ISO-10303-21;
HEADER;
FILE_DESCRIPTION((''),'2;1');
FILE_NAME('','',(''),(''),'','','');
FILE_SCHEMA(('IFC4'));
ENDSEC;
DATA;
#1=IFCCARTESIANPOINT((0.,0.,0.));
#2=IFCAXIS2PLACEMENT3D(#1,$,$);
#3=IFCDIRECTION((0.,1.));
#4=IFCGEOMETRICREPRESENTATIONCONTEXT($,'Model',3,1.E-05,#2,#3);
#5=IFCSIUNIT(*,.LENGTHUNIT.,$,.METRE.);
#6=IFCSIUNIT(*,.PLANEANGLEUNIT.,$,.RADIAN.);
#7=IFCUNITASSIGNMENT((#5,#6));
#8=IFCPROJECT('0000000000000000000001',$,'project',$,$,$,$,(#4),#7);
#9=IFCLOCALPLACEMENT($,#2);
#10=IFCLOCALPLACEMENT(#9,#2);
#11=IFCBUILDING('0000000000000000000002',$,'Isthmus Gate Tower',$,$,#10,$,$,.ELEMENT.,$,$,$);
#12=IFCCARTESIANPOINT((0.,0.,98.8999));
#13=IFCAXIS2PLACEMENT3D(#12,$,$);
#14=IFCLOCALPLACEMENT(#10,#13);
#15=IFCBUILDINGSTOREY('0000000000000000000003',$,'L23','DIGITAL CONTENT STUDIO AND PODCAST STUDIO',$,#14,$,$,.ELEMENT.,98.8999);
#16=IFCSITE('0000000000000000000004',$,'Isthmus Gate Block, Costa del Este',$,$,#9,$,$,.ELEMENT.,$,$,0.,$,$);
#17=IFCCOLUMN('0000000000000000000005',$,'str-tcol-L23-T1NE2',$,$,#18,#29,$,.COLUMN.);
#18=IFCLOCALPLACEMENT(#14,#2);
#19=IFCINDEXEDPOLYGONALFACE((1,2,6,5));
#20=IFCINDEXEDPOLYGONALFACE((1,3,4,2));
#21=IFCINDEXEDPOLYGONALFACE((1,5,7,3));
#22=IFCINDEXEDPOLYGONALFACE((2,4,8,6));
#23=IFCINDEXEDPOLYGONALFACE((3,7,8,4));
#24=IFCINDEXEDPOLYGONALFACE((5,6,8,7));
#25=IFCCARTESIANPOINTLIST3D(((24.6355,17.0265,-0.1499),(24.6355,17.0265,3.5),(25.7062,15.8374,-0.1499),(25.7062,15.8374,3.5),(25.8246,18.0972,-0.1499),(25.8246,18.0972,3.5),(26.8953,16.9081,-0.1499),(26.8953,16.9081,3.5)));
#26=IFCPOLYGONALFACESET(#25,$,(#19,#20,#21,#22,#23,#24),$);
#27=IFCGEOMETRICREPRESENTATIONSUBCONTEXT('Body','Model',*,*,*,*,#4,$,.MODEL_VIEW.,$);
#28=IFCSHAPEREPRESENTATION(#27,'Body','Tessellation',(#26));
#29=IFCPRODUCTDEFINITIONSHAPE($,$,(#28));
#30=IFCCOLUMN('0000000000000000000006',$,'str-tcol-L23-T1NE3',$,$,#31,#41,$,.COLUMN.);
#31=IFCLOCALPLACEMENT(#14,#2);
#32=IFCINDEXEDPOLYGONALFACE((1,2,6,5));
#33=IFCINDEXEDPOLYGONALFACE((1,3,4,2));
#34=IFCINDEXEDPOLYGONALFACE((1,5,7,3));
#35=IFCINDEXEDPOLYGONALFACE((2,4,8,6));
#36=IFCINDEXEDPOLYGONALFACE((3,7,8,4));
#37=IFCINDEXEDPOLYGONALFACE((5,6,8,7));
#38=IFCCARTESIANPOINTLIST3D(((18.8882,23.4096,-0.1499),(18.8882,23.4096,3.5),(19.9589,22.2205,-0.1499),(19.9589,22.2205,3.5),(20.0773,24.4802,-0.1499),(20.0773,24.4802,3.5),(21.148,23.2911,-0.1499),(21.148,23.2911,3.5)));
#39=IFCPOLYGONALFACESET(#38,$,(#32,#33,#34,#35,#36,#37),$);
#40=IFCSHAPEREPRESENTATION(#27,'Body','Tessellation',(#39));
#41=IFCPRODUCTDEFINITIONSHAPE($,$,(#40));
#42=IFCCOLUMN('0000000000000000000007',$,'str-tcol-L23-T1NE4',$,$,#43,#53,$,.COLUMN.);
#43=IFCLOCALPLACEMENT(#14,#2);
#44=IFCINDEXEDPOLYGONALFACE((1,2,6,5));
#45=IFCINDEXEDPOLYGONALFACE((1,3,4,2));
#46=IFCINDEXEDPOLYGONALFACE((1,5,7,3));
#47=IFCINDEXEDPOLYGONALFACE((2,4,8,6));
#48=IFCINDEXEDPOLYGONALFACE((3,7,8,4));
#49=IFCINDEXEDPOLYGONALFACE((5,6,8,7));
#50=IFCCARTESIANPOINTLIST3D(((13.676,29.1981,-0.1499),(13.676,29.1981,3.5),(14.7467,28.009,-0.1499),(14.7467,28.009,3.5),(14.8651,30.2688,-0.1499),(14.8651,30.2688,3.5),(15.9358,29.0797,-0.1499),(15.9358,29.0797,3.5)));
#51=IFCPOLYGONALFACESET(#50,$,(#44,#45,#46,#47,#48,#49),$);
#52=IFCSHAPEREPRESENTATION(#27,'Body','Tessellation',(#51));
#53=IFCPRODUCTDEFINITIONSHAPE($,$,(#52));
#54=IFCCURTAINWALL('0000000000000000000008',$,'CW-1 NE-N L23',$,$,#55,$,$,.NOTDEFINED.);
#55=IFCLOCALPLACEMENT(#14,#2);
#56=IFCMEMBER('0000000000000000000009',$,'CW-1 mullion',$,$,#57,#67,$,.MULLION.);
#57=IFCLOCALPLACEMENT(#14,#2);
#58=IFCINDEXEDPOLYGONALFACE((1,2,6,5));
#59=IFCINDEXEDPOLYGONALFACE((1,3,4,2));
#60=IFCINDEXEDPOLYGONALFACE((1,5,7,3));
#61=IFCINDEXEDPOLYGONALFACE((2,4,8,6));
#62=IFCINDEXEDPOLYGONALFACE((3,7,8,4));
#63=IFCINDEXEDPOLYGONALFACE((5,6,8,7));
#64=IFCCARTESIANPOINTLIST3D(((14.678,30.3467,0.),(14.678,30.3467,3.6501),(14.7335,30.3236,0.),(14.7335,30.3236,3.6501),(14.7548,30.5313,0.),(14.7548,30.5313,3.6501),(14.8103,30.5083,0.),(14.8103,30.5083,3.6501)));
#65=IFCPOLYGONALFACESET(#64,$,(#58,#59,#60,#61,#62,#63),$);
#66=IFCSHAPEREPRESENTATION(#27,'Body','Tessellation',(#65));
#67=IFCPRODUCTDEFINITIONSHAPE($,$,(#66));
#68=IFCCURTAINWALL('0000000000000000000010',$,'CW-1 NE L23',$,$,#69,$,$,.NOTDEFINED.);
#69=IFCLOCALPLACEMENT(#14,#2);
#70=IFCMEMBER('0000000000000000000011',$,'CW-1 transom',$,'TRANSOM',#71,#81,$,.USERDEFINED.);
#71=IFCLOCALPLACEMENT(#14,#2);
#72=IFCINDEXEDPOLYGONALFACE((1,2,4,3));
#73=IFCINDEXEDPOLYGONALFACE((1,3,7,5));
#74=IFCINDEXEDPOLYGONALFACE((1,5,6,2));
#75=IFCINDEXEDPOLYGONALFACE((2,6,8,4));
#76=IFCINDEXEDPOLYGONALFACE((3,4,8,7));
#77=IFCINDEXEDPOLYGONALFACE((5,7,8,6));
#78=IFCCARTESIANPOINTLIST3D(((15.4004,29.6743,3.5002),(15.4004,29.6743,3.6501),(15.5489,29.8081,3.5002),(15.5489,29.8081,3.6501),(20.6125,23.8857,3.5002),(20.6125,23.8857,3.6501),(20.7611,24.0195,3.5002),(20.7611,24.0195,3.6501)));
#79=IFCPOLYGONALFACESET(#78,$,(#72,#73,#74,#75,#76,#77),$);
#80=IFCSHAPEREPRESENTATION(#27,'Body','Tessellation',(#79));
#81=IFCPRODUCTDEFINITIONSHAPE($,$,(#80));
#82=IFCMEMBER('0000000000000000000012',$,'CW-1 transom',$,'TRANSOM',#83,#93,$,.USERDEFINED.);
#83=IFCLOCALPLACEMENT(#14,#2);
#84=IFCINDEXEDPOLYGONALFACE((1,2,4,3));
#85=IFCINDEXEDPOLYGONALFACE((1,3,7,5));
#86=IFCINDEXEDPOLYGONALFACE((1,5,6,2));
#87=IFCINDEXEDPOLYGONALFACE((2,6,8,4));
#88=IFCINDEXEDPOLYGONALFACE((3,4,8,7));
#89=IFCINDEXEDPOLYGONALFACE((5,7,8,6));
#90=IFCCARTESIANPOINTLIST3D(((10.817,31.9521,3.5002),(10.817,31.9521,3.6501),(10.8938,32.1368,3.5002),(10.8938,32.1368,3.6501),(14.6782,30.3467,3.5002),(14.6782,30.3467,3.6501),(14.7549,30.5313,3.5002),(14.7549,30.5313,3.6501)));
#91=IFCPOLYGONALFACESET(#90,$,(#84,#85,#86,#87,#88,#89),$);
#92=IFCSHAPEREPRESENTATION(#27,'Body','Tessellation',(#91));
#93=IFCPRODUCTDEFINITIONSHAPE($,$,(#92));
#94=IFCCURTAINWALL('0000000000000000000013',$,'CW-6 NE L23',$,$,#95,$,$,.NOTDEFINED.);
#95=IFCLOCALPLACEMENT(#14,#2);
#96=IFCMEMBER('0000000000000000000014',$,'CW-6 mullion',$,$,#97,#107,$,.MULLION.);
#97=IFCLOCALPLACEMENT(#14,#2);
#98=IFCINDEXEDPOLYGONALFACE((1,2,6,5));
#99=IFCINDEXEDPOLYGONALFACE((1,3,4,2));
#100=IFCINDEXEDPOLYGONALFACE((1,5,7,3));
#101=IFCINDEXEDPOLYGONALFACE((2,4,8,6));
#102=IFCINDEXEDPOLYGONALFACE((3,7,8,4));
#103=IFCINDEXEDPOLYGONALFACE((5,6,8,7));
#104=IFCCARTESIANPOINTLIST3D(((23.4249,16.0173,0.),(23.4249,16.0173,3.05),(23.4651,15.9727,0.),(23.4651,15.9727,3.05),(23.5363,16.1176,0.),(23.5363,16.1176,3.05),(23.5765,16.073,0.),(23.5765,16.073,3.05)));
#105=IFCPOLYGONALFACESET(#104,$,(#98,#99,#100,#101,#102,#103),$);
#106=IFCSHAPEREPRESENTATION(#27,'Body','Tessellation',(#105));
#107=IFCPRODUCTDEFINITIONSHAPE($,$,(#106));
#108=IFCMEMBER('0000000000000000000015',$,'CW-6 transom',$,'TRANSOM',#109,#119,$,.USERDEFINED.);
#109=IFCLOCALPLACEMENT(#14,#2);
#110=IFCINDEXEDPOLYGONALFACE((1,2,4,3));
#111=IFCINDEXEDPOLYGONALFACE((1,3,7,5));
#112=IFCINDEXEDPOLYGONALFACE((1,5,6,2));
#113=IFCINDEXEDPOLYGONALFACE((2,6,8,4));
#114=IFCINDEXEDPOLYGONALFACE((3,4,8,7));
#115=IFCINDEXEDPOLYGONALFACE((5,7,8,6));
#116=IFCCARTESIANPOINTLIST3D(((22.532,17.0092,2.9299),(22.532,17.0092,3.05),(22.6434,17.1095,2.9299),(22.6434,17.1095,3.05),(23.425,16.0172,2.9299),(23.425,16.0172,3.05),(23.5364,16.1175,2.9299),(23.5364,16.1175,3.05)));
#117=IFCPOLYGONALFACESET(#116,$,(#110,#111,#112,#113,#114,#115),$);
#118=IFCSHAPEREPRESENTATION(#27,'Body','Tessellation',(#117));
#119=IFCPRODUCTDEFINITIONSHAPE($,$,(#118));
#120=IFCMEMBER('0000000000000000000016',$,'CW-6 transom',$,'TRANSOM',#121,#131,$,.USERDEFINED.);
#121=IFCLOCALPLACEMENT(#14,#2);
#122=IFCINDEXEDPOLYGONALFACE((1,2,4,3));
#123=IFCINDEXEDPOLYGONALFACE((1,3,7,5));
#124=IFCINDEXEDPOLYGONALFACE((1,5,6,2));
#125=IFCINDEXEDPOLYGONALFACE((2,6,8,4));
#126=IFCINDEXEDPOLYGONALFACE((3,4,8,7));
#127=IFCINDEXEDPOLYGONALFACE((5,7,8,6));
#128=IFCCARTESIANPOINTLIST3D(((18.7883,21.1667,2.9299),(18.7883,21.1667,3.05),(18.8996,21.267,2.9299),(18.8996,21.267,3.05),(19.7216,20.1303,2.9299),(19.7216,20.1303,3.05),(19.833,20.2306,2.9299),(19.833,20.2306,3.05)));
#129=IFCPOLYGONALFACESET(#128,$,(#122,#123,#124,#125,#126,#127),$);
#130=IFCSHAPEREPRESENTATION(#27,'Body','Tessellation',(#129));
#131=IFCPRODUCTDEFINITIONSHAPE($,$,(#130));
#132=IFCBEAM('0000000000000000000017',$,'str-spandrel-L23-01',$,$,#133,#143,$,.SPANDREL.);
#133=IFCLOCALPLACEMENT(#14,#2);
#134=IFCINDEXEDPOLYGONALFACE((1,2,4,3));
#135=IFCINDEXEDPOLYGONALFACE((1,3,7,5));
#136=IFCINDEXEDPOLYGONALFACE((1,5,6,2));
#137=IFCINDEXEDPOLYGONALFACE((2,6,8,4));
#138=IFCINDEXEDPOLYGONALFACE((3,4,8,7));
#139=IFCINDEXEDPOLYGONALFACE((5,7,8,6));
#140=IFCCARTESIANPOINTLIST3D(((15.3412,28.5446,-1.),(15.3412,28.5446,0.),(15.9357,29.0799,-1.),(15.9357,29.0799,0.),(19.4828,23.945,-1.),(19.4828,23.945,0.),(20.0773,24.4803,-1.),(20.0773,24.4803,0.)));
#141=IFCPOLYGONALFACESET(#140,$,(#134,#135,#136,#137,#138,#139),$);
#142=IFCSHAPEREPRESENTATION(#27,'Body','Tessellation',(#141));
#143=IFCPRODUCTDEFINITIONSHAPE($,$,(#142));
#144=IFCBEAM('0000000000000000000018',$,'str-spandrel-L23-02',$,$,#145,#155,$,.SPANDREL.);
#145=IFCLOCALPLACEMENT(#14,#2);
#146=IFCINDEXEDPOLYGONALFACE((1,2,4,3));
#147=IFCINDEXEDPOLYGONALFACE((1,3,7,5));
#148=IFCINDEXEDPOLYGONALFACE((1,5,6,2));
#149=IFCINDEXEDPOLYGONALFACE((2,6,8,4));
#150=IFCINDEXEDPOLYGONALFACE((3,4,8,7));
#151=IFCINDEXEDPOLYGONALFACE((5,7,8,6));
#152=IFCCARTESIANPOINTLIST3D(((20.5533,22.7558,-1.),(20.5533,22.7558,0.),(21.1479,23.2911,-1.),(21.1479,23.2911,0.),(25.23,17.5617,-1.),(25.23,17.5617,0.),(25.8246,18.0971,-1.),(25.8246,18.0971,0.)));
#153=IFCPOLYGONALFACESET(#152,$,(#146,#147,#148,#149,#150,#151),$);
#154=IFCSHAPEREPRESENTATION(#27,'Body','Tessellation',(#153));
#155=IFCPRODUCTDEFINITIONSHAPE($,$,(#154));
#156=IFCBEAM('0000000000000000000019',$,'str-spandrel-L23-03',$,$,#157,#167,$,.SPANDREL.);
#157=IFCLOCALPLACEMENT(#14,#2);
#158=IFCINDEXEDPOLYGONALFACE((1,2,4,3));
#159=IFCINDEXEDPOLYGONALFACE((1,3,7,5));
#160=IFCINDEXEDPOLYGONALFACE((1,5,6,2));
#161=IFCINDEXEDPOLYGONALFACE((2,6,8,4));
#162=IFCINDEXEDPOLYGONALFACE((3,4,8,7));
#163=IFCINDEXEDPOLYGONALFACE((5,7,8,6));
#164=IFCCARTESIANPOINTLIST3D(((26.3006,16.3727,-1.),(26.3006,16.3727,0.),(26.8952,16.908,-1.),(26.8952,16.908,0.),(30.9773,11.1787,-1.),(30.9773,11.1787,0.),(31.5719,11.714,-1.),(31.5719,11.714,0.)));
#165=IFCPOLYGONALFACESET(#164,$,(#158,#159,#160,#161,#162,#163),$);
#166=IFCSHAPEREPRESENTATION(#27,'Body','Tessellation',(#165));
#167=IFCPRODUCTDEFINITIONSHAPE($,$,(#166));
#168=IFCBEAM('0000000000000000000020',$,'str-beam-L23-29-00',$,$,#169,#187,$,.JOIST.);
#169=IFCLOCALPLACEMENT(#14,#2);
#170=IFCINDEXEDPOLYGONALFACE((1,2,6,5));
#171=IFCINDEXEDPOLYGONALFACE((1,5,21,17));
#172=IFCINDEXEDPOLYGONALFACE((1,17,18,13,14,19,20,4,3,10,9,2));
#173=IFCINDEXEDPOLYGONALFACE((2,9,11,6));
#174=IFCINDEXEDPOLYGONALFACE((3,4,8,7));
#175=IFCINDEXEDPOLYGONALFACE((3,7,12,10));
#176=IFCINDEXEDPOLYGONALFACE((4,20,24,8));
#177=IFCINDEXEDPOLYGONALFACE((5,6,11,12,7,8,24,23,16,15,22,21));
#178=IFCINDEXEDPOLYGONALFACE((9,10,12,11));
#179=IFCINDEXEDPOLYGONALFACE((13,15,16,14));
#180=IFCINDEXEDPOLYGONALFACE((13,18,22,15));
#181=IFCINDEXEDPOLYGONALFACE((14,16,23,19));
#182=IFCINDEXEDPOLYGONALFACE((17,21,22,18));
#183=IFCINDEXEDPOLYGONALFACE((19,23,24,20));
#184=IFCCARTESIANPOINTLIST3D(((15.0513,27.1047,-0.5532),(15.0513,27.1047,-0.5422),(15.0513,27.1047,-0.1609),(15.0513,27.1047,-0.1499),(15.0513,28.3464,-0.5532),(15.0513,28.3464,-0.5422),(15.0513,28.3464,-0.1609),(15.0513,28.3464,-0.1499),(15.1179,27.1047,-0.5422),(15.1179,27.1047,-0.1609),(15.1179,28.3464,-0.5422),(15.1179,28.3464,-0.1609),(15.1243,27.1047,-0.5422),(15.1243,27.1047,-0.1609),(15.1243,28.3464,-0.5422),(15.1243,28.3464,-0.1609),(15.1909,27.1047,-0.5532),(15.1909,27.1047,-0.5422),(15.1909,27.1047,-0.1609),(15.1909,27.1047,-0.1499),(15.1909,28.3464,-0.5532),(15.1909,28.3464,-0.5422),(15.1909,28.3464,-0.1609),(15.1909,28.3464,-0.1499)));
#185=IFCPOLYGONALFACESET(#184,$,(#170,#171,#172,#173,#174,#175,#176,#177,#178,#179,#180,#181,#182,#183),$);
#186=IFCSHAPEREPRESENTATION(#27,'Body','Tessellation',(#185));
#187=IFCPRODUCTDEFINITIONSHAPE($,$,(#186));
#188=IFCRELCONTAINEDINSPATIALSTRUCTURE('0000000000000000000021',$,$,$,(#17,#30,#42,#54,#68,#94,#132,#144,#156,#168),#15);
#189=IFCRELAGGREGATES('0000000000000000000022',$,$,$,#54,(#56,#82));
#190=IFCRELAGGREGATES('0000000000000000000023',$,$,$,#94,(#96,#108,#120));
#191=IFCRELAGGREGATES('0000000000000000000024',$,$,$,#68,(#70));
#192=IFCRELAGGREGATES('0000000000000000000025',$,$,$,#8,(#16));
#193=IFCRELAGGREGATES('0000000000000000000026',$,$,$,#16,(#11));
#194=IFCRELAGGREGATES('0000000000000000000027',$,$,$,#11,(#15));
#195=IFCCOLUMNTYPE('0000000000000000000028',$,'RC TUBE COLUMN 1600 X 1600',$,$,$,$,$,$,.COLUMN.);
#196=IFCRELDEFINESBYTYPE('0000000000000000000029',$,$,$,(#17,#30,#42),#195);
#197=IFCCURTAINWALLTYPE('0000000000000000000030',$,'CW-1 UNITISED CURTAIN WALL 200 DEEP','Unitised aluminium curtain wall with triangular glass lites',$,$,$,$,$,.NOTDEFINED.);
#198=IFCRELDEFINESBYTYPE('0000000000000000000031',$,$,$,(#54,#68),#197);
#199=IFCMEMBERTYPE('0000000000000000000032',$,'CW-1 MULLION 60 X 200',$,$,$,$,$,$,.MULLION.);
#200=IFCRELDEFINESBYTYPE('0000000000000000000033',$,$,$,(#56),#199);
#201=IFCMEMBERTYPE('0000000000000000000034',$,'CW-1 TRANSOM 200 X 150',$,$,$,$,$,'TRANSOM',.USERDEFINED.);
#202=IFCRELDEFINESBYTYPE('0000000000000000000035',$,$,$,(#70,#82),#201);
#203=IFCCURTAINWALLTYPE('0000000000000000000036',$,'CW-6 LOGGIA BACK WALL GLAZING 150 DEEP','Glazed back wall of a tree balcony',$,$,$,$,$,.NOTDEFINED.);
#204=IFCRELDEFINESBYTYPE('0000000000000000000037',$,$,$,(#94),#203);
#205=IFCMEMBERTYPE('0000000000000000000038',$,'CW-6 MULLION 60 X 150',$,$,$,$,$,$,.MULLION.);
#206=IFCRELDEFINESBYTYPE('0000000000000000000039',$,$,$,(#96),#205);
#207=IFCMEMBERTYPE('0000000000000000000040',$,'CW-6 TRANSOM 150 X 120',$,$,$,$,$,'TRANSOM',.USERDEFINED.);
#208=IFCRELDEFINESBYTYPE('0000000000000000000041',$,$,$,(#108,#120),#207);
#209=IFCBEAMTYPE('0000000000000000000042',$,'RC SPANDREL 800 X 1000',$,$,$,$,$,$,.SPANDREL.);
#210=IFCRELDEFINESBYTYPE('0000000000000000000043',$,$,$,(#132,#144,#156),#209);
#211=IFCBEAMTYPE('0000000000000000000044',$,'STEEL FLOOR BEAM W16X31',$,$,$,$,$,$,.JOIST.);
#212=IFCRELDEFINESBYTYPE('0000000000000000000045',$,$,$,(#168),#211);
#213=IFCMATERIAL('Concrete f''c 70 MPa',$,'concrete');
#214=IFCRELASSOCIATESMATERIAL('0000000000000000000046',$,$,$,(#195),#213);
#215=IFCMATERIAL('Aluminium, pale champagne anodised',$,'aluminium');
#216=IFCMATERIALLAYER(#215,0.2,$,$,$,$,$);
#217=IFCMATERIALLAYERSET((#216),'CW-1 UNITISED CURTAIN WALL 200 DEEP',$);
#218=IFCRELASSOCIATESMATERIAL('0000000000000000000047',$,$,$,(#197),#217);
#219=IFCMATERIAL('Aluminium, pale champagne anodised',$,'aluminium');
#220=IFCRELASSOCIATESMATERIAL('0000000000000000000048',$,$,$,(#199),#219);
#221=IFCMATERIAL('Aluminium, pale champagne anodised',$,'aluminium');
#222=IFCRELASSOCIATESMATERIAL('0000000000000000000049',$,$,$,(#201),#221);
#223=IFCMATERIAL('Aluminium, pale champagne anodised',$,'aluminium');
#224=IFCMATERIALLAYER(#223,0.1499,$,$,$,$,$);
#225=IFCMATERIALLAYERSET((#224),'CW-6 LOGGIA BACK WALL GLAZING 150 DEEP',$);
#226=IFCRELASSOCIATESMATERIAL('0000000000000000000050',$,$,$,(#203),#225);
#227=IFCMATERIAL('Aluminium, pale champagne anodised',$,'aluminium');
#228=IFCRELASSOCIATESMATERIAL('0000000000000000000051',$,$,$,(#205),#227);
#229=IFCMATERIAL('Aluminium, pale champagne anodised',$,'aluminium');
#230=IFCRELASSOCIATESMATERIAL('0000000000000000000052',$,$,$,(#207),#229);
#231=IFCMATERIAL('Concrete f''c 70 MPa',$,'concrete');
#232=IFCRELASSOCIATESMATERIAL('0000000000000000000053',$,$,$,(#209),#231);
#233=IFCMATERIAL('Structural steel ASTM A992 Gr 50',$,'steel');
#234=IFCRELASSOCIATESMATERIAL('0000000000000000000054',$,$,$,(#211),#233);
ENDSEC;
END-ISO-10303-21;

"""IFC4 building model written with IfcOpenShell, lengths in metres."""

from ifc_helpers import new_model, si_unit, direction, frame, origin, origin_2d, place, context, subcontext, project, spatial, rectangle, i_section, extrude, material, layer, layer_set, material_profile, profile_set, type_object, element, aggregate, save


model = new_model("IFC4")

# Units and contexts
model_context = context("Model", 3, precision=1e-05, world=origin(), true_north=direction((0.0, 1.0)))
body_context = subcontext(model_context, "Body", "Model", "MODEL_VIEW")
ifc_project = project(units=[si_unit("LENGTHUNIT", "METRE"), si_unit("PLANEANGLEUNIT", "RADIAN")], contexts=[model_context])

# Site, building, storey
site_placement = place(None, origin())
site = spatial("IfcSite", under=ifc_project, at=site_placement, Name="Isthmus Gate Block, Costa del Este", CompositionType="ELEMENT", RefElevation=0.0)
building_placement = place(site_placement, origin())
building = spatial("IfcBuilding", under=site, at=building_placement, Name="Isthmus Gate Tower", CompositionType="ELEMENT")
storey_placement = place(building_placement, frame((0.0, 0.0, 98.8999)))
storey = spatial("IfcBuildingStorey", under=building, at=storey_placement, Name="L23", Description="DIGITAL CONTENT STUDIO AND PODCAST STUDIO", CompositionType="ELEMENT", Elevation=98.8999)

# Columns
ifc_material_1 = material(Name="Concrete f'c 70 MPa", Category="concrete")
ifc_material_profile_1 = material_profile(ifc_material_1, rectangle(XDim=1.6001, YDim=1.6001, at=origin_2d()), Name="RC 1600X1600")
ifc_profile_set_1 = profile_set([ifc_material_profile_1], Name="Concrete f'c 70 MPa")
column_type = type_object("IfcColumnType", Name="RC TUBE COLUMN 1600 X 1600", PredefinedType="COLUMN", material=ifc_profile_set_1)
for number, where, z_axis, x_axis, name in (
    (1, (25.7654, 16.9673, -0.1499), (0.0, 0.0, 1.0), (-0.669131, 0.743145, 0.0), "str-tcol-L23-T1NE2"),
    (2, (20.0181, 23.3503, -0.1499), (0.0, 0.0, 1.0), (-0.669131, 0.743145, 0.0), "str-tcol-L23-T1NE3"),
    (3, (14.8059, 29.1389, -0.1499), (0.0, 0.0, 1.0), (-0.669131, 0.743145, 0.0), "str-tcol-L23-T1NE4"),
):
    element("IfcColumn", number, at=place(storey_placement, frame(where, z_axis=z_axis, x_axis=x_axis)), inside=storey, type_object=column_type, Name=name, PredefinedType="COLUMN", context=body_context, shape_type="SweptSolid", body=[
        extrude(rectangle(XDim=1.6001, YDim=1.6001, at=origin_2d()), origin(), (0.0, 0.0, 1.0), 3.6499),
    ])

# Curtain walls, members
ifc_material_2 = material(Name="Aluminium, pale champagne anodised", Category="aluminium")
ifc_layer_1 = layer(ifc_material_2, 0.2)
ifc_layer_set_1 = layer_set([ifc_layer_1], Name="CW-1 UNITISED CURTAIN WALL 200 DEEP")
curtain_wall_type_1 = type_object("IfcCurtainWallType", Name="CW-1 UNITISED CURTAIN WALL 200 DEEP", Description="Unitised aluminium curtain wall with triangular glass lites", PredefinedType="NOTDEFINED", material=ifc_layer_set_1)
curtain_wall_1_placement = place(storey_placement, origin())
curtain_wall_1 = element("IfcCurtainWall", 4, at=curtain_wall_1_placement, inside=storey, type_object=curtain_wall_type_1, Name="CW-1 NE-N L23", PredefinedType="NOTDEFINED")
ifc_material_3 = material(Name="Aluminium, pale champagne anodised", Category="aluminium")
ifc_material_profile_2 = material_profile(ifc_material_3, rectangle(XDim=0.0601, YDim=0.2, at=origin_2d()), Name="60x200")
ifc_profile_set_2 = profile_set([ifc_material_profile_2], Name="Aluminium, pale champagne anodised")
member_type_1 = type_object("IfcMemberType", Name="CW-1 MULLION 60 X 200", PredefinedType="MULLION", material=ifc_profile_set_2)
member_1_placement = place(storey_placement, frame((14.7441, 30.4275, 0.0), z_axis=(0.0, 0.0, 1.0), x_axis=(-0.923353, 0.383952, 0.0)))
member_1 = element("IfcMember", 5, at=member_1_placement, type_object=member_type_1, Name="CW-1 mullion", PredefinedType="MULLION", context=body_context, shape_type="SweptSolid", body=[
    extrude(rectangle(XDim=0.0601, YDim=0.2, at=origin_2d()), origin(), (0.0, 0.0, 1.0), 3.6501),
])
curtain_wall_2_placement = place(storey_placement, origin())
curtain_wall_2 = element("IfcCurtainWall", 6, at=curtain_wall_2_placement, inside=storey, type_object=curtain_wall_type_1, Name="CW-1 NE L23", PredefinedType="NOTDEFINED")
ifc_material_4 = material(Name="Aluminium, pale champagne anodised", Category="aluminium")
ifc_material_profile_3 = material_profile(ifc_material_4, rectangle(XDim=0.2, YDim=0.1499, at=origin_2d()), Name="200x150")
ifc_profile_set_3 = profile_set([ifc_material_profile_3], Name="Aluminium, pale champagne anodised")
member_type_2 = type_object("IfcMemberType", Name="CW-1 TRANSOM 200 X 150", ElementType="TRANSOM", PredefinedType="USERDEFINED", material=ifc_profile_set_3)
member_2_placement = place(storey_placement, frame((20.6868, 23.9526, 3.5752), z_axis=(-0.669138, 0.743138, 0.0), x_axis=(-0.743138, -0.669138, 0.0)))
member_2 = element("IfcMember", 7, at=member_2_placement, type_object=member_type_2, Name="CW-1 transom", ObjectType="TRANSOM", PredefinedType="USERDEFINED", context=body_context, shape_type="SweptSolid", body=[
    extrude(rectangle(XDim=0.2, YDim=0.1499, at=origin_2d()), origin(), (0.0, 0.0, 1.0), 7.7893),
])

# Member
member_3_placement = place(storey_placement, frame((14.7166, 30.439, 3.5752), z_axis=(-0.923358, 0.38394, 0.0), x_axis=(-0.38394, -0.923358, 0.0)))
member_3 = element("IfcMember", 8, at=member_3_placement, type_object=member_type_2, Name="CW-1 transom", ObjectType="TRANSOM", PredefinedType="USERDEFINED", context=body_context, shape_type="SweptSolid", body=[
    extrude(rectangle(XDim=0.2, YDim=0.1499, at=origin_2d()), origin(), (0.0, 0.0, 1.0), 4.1816),
])
aggregate(curtain_wall_1, [member_1, member_3])

# Curtain wall, members
ifc_material_5 = material(Name="Aluminium, pale champagne anodised", Category="aluminium")
ifc_layer_2 = layer(ifc_material_5, 0.1499)
ifc_layer_set_2 = layer_set([ifc_layer_2], Name="CW-6 LOGGIA BACK WALL GLAZING 150 DEEP")
curtain_wall_type_2 = type_object("IfcCurtainWallType", Name="CW-6 LOGGIA BACK WALL GLAZING 150 DEEP", Description="Glazed back wall of a tree balcony", PredefinedType="NOTDEFINED", material=ifc_layer_set_2)
curtain_wall_3_placement = place(storey_placement, origin())
curtain_wall_3 = element("IfcCurtainWall", 9, at=curtain_wall_3_placement, inside=storey, type_object=curtain_wall_type_2, Name="CW-6 NE L23", PredefinedType="NOTDEFINED")
ifc_material_6 = material(Name="Aluminium, pale champagne anodised", Category="aluminium")
ifc_material_profile_4 = material_profile(ifc_material_6, rectangle(XDim=0.0601, YDim=0.1499, at=origin_2d()), Name="60x150")
ifc_profile_set_4 = profile_set([ifc_material_profile_4], Name="Aluminium, pale champagne anodised")
member_type_3 = type_object("IfcMemberType", Name="CW-6 MULLION 60 X 150", PredefinedType="MULLION", material=ifc_profile_set_4)
member_4_placement = place(storey_placement, frame((23.5007, 16.0452, 0.0), z_axis=(0.0, 0.0, 1.0), x_axis=(-0.669131, 0.743145, 0.0)))
member_4 = element("IfcMember", 10, at=member_4_placement, type_object=member_type_3, Name="CW-6 mullion", PredefinedType="MULLION", context=body_context, shape_type="SweptSolid", body=[
    extrude(rectangle(XDim=0.0601, YDim=0.1499, at=origin_2d()), origin(), (0.0, 0.0, 1.0), 3.05),
])
ifc_material_7 = material(Name="Aluminium, pale champagne anodised", Category="aluminium")
ifc_material_profile_5 = material_profile(ifc_material_7, rectangle(XDim=0.1499, YDim=0.1201, at=origin_2d()), Name="150x120")
ifc_profile_set_5 = profile_set([ifc_material_profile_5], Name="Aluminium, pale champagne anodised")
member_type_4 = type_object("IfcMemberType", Name="CW-6 TRANSOM 150 X 120", ElementType="TRANSOM", PredefinedType="USERDEFINED", material=ifc_profile_set_5)
member_5_placement = place(storey_placement, frame((23.4807, 16.0674, 2.99), z_axis=(-0.669096, 0.743176, 0.0), x_axis=(-0.743176, -0.669096, 0.0)))
member_5 = element("IfcMember", 11, at=member_5_placement, type_object=member_type_4, Name="CW-6 transom", ObjectType="TRANSOM", PredefinedType="USERDEFINED", context=body_context, shape_type="SweptSolid", body=[
    extrude(rectangle(XDim=0.1499, YDim=0.1201, at=origin_2d()), origin(), (0.0, 0.0, 1.0), 1.3347),
])
member_6_placement = place(storey_placement, frame((19.7773, 20.1804, 2.99), z_axis=(-0.669206, 0.743077, 0.0), x_axis=(-0.743077, -0.669206, 0.0)))
member_6 = element("IfcMember", 12, at=member_6_placement, type_object=member_type_4, Name="CW-6 transom", ObjectType="TRANSOM", PredefinedType="USERDEFINED", context=body_context, shape_type="SweptSolid", body=[
    extrude(rectangle(XDim=0.1499, YDim=0.1201, at=origin_2d()), origin(), (0.0, 0.0, 1.0), 1.3948),
])

# Beams
ifc_material_8 = material(Name="Concrete f'c 70 MPa", Category="concrete")
ifc_material_profile_6 = material_profile(ifc_material_8, rectangle(XDim=0.8, YDim=1.0, at=origin_2d()), Name="RC 800X1000")
ifc_profile_set_6 = profile_set([ifc_material_profile_6], Name="Concrete f'c 70 MPa")
beam_type_1 = type_object("IfcBeamType", Name="RC SPANDREL 800 X 1000", PredefinedType="SPANDREL", material=ifc_profile_set_6)
beam_1_placement = place(storey_placement, frame((15.6384, 28.8123, -0.5), z_axis=(0.669139, -0.743137, 0.0), x_axis=(0.743137, 0.669139, 0.0)))
element("IfcBeam", 13, at=beam_1_placement, inside=storey, type_object=beam_type_1, Name="str-spandrel-L23-01", PredefinedType="SPANDREL", context=body_context, shape_type="SweptSolid", body=[
    extrude(rectangle(XDim=0.8, YDim=1.0, at=origin_2d()), origin(), (0.0, 0.0, 1.0), 6.1895),
])
for number, where, z_axis, x_axis, name in (
    (14, (20.8506, 23.0234, -0.5), (0.669129, -0.743146, 0.0), (0.743146, 0.669129, 0.0), "str-spandrel-L23-02"),
    (15, (26.5979, 16.6404, -0.5), (0.669129, -0.743146, 0.0), (0.743146, 0.669129, 0.0), "str-spandrel-L23-03"),
):
    element("IfcBeam", number, at=place(storey_placement, frame(where, z_axis=z_axis, x_axis=x_axis)), inside=storey, type_object=beam_type_1, Name=name, PredefinedType="SPANDREL", context=body_context, shape_type="SweptSolid", body=[
        extrude(rectangle(XDim=0.8, YDim=1.0, at=origin_2d()), origin(), (0.0, 0.0, 1.0), 6.9893),
    ])
ifc_material_9 = material(Name="Structural steel ASTM A992 Gr 50", Category="steel")
ifc_material_profile_7 = material_profile(ifc_material_9, i_section(OverallWidth=0.1396, OverallDepth=0.4033, WebThickness=0.0063, FlangeThickness=0.011, at=origin_2d()), Name="W16X31")
ifc_profile_set_7 = profile_set([ifc_material_profile_7], Name="Structural steel ASTM A992 Gr 50")
beam_type_2 = type_object("IfcBeamType", Name="STEEL FLOOR BEAM W16X31", PredefinedType="JOIST", material=ifc_profile_set_7)
beam_2_placement = place(storey_placement, frame((15.1211, 27.1047, -0.3516), z_axis=(0.0, 1.0, 0.0), x_axis=(-1.0, 0.0, 0.0)))
element("IfcBeam", 16, at=beam_2_placement, inside=storey, type_object=beam_type_2, Name="str-beam-L23-29-00", PredefinedType="JOIST", context=body_context, shape_type="SweptSolid", body=[
    extrude(i_section(OverallWidth=0.1396, OverallDepth=0.4033, WebThickness=0.0063, FlangeThickness=0.011, at=origin_2d()), origin(), (0.0, 0.0, 1.0), 1.2417),
])

aggregate(curtain_wall_3, [member_4, member_5, member_6])

aggregate(curtain_wall_2, [member_2])

save(model, "model.ifc")
